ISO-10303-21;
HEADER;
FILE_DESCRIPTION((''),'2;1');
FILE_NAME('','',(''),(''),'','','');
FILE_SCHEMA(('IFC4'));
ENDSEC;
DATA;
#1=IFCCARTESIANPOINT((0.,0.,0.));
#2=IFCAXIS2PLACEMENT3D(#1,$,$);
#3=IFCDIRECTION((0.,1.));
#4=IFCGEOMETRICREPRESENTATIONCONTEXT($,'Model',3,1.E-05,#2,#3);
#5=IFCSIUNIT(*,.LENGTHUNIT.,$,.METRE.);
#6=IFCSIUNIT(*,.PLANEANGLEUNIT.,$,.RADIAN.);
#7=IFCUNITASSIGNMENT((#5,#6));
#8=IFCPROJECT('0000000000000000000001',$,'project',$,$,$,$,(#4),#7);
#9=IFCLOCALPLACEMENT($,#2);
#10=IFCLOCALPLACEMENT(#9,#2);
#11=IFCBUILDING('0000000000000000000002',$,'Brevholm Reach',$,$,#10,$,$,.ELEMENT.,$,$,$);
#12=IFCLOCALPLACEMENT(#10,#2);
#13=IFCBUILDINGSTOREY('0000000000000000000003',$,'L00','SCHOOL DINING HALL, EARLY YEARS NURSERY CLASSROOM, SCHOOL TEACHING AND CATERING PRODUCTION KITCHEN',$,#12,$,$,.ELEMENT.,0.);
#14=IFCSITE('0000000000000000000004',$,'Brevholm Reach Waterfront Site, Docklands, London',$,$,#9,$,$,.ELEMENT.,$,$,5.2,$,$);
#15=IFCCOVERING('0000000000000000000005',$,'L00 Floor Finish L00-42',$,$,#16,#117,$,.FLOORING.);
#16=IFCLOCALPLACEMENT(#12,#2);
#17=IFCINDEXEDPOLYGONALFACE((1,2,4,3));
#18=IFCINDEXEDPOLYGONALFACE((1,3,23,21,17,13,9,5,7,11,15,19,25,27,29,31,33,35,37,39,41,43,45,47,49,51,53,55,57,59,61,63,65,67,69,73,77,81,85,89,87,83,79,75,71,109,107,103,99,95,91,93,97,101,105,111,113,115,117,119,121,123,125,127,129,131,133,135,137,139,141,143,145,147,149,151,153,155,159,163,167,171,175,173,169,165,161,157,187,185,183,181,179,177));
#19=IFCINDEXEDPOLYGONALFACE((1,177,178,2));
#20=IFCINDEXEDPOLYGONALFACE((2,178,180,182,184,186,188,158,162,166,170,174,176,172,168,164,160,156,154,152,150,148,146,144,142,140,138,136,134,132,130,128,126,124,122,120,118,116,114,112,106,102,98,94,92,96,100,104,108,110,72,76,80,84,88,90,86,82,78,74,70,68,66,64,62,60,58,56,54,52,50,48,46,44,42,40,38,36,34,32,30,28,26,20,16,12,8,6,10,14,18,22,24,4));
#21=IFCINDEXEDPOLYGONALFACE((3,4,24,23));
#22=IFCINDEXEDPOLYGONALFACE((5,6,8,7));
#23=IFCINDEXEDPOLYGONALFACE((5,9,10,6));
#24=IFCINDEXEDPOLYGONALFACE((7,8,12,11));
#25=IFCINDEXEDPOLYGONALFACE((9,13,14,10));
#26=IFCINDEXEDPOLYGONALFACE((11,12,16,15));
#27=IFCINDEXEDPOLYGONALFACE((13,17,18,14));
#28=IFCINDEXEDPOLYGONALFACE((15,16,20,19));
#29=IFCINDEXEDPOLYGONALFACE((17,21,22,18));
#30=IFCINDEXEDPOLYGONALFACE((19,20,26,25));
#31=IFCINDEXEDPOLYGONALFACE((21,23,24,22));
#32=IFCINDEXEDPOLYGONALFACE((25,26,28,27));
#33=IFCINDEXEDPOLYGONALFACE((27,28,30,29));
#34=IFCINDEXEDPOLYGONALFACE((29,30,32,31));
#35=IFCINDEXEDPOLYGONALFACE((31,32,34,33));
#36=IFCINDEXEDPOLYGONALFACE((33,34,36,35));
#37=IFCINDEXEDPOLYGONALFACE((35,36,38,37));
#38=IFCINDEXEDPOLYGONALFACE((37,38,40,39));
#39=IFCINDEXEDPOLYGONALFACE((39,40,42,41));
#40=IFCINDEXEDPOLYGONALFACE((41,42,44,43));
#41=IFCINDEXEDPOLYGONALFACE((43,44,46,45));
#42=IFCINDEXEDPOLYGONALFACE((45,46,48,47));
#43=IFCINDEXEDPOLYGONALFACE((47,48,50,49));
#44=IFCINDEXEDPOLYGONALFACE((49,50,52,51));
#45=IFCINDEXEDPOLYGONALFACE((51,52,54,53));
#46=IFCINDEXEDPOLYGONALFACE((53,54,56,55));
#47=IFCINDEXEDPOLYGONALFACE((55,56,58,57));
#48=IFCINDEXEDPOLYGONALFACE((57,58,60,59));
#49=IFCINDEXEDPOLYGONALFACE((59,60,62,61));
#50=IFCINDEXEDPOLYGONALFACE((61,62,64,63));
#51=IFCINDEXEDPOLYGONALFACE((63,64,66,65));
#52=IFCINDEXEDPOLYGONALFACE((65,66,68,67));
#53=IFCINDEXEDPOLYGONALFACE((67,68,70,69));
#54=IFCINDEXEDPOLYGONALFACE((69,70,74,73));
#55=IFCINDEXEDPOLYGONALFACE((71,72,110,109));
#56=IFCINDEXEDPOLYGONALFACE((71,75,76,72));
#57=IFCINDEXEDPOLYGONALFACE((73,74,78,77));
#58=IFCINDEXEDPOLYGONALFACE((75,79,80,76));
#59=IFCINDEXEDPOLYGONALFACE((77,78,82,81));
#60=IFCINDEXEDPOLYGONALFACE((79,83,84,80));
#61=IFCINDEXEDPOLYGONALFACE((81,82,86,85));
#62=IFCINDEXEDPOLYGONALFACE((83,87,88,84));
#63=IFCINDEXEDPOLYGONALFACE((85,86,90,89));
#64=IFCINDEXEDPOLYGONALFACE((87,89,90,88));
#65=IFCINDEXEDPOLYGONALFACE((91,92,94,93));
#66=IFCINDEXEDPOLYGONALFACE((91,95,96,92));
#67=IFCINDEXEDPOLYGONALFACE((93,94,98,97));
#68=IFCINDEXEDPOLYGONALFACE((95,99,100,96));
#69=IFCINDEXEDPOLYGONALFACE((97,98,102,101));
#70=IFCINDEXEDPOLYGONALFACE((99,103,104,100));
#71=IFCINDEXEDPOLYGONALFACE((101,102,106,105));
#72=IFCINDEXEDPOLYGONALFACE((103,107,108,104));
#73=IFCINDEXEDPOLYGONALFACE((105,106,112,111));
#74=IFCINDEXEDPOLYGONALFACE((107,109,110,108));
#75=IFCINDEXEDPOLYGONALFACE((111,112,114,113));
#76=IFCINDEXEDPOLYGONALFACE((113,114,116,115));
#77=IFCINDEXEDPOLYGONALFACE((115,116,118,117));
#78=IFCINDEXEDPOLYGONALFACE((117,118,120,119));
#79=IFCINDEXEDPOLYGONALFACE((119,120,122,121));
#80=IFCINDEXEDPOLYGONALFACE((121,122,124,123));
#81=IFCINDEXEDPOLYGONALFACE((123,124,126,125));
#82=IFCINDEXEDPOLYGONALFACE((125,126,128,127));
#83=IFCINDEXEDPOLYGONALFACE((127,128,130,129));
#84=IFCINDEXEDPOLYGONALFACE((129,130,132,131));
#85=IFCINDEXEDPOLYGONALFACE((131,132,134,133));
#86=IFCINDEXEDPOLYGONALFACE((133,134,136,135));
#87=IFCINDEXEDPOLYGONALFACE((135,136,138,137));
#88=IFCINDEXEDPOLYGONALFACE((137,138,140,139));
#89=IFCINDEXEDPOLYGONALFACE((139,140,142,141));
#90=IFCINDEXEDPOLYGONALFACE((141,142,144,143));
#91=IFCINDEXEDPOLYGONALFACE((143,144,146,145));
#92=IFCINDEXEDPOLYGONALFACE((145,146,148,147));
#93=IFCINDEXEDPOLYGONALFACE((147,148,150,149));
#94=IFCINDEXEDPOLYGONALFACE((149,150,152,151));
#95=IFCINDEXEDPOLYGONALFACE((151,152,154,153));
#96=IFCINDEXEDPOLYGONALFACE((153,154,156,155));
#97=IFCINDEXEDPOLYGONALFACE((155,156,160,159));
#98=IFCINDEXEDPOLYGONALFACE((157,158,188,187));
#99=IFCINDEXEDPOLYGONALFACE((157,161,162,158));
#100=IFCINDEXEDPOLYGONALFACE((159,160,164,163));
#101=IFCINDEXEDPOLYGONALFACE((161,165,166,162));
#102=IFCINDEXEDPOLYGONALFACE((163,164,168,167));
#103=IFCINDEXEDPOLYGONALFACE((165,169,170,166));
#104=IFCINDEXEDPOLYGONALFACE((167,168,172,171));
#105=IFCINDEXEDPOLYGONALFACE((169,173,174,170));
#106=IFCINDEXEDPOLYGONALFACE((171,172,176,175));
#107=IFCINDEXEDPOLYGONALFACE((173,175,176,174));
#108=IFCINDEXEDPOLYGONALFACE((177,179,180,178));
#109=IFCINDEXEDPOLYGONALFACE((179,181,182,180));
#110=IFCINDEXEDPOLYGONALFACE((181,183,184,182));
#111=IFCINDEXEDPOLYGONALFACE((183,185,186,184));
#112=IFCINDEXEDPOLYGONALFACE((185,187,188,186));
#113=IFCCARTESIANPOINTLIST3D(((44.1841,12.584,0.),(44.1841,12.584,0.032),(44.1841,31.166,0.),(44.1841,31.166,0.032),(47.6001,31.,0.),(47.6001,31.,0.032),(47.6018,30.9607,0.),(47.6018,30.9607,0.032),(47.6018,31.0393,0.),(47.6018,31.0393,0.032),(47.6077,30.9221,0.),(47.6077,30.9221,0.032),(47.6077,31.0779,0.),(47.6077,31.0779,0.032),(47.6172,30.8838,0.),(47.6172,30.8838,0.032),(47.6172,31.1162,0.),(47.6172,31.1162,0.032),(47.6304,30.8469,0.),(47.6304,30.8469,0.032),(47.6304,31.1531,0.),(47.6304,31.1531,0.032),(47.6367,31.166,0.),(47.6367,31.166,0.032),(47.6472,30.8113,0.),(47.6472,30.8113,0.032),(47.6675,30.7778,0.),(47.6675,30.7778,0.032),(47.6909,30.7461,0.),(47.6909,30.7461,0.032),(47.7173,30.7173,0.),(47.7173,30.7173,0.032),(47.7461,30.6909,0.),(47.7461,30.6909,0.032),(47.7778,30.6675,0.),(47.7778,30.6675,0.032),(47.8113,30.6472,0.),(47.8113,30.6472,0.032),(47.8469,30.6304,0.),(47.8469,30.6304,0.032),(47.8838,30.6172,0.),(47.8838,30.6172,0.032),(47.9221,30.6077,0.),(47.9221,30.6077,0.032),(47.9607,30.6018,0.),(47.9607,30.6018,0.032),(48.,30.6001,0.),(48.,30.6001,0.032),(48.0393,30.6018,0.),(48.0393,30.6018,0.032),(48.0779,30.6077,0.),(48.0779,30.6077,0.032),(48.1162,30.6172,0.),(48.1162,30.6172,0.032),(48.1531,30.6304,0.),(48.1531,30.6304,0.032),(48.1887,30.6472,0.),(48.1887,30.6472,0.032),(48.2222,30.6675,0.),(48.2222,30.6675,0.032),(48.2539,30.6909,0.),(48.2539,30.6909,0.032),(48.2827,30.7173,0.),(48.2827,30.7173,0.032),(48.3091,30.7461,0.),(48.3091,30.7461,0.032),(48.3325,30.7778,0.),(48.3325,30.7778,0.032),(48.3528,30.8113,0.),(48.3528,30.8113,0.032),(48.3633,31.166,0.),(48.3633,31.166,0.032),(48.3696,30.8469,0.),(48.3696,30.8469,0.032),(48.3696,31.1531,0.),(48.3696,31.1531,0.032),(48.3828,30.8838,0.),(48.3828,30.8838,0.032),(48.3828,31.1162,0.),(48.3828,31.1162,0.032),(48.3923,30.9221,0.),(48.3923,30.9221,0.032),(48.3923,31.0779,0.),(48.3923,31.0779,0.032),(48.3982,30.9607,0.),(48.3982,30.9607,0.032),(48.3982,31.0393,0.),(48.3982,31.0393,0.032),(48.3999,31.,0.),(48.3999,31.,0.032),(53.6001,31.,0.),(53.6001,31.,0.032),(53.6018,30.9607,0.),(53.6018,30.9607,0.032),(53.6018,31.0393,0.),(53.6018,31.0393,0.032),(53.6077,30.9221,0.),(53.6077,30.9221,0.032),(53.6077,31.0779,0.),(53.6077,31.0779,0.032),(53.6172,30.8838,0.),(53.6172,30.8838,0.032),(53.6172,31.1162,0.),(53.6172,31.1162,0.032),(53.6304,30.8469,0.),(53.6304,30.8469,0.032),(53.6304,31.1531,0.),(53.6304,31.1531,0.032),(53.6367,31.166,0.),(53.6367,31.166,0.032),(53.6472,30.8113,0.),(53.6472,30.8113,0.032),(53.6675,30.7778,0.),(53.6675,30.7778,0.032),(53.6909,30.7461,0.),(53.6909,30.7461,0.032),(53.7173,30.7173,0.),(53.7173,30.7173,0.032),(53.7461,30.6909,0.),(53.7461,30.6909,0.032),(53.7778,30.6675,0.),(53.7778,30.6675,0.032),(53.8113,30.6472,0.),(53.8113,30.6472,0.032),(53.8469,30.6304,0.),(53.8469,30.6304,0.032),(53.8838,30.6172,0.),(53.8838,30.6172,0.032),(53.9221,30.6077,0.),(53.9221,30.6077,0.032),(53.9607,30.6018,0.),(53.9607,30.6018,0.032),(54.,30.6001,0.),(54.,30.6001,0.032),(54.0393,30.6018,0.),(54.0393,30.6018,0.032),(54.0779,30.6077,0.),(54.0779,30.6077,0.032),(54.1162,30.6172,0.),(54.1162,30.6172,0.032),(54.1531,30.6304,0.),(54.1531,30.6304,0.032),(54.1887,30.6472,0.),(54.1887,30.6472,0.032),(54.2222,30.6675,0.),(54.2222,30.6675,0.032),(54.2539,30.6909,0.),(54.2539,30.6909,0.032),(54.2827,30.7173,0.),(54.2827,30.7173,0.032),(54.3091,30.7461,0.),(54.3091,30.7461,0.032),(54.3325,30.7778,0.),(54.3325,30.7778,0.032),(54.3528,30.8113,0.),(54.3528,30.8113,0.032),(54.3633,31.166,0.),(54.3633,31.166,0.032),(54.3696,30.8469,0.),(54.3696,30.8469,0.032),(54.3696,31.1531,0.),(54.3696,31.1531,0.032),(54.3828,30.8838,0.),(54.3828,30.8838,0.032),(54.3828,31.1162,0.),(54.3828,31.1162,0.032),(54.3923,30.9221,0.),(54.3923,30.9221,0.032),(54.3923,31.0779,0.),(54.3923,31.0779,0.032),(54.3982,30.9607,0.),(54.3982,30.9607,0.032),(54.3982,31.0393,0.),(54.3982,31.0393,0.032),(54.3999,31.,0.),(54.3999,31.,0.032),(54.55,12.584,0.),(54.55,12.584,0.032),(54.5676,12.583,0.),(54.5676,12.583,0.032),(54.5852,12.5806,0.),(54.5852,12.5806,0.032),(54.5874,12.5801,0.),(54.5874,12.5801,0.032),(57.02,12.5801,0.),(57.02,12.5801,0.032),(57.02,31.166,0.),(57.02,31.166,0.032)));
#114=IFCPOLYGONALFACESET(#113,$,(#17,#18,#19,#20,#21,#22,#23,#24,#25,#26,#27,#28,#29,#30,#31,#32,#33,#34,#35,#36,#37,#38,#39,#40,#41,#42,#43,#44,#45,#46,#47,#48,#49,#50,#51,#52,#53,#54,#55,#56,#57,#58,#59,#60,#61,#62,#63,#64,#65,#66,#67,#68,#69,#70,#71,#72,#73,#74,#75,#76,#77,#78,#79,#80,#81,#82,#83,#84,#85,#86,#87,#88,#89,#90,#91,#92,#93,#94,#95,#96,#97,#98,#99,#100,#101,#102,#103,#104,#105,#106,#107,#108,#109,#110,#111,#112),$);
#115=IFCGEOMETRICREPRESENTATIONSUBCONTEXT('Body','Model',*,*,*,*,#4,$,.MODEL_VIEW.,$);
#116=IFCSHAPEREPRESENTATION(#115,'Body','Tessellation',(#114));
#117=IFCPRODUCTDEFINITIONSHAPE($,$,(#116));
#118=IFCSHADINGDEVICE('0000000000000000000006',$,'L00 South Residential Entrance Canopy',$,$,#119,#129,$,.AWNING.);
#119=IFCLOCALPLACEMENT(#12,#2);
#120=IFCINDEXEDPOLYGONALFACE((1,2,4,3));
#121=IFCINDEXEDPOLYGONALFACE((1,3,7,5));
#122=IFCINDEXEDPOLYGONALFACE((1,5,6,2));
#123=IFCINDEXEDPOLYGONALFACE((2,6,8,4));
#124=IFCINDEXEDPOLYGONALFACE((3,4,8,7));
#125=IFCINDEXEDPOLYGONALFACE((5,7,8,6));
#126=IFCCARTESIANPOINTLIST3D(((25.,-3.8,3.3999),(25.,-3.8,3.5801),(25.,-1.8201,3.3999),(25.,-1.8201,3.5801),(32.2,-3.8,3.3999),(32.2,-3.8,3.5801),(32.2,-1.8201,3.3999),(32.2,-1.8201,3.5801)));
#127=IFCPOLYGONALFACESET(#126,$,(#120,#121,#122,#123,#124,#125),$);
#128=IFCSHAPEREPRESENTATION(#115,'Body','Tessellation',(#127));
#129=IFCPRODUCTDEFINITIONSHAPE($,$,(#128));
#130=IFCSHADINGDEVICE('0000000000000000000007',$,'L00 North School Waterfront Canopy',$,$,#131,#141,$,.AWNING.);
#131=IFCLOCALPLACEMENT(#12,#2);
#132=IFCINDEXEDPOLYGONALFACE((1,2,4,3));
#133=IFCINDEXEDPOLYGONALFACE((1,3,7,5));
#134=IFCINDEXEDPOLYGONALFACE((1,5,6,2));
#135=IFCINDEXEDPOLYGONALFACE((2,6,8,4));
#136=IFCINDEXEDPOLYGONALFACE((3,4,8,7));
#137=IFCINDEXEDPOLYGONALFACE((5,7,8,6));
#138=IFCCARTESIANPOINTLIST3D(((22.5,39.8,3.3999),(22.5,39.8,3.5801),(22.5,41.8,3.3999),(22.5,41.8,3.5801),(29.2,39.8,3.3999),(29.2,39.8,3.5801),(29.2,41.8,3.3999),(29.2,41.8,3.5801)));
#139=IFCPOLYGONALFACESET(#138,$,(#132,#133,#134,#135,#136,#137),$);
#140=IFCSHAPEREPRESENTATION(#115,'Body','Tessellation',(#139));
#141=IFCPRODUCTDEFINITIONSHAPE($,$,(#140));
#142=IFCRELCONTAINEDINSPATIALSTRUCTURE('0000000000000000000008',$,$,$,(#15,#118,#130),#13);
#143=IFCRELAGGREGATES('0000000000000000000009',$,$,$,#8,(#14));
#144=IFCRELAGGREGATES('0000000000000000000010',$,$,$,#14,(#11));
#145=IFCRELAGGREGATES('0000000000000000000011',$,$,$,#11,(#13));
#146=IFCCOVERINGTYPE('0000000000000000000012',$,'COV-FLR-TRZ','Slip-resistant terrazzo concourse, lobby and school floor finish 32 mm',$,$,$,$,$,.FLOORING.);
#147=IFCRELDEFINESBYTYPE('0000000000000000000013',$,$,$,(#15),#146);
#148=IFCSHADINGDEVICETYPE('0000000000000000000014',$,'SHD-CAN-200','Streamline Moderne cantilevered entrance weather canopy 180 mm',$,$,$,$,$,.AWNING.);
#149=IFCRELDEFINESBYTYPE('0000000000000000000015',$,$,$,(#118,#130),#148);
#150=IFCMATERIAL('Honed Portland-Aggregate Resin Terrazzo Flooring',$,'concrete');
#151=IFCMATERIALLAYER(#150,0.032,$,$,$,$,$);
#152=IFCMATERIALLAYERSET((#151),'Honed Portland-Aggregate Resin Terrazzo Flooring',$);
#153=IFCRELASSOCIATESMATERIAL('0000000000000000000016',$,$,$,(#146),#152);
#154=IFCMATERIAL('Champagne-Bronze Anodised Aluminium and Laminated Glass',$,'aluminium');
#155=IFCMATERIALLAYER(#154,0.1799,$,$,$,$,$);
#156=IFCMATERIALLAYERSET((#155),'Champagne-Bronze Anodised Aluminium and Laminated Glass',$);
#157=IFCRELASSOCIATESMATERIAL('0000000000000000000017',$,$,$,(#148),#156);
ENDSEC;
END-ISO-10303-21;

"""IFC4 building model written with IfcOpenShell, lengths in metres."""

from ifc_helpers import new_model, si_unit, direction, frame, origin, place, context, subcontext, project, spatial, polyline, outline, extrude, material, layer, layer_set, type_object, element, save


model = new_model("IFC4")

# Units and contexts
model_context = context("Model", 3, precision=1e-05, world=origin(), true_north=direction((0.0, 1.0)))
body_context = subcontext(model_context, "Body", "Model", "MODEL_VIEW")
ifc_project = project(units=[si_unit("LENGTHUNIT", "METRE"), si_unit("PLANEANGLEUNIT", "RADIAN")], contexts=[model_context])

# Site, building, storey
site_placement = place(None, origin())
site = spatial("IfcSite", under=ifc_project, at=site_placement, Name="Brevholm Reach Waterfront Site, Docklands, London", CompositionType="ELEMENT", RefElevation=5.2)
building_placement = place(site_placement, origin())
building = spatial("IfcBuilding", under=site, at=building_placement, Name="Brevholm Reach", CompositionType="ELEMENT")
storey_placement = place(building_placement, origin())
storey = spatial("IfcBuildingStorey", under=building, at=storey_placement, Name="L00", Description="SCHOOL DINING HALL, EARLY YEARS NURSERY CLASSROOM, SCHOOL TEACHING AND CATERING PRODUCTION KITCHEN", CompositionType="ELEMENT", Elevation=0.0)

# Covering
ifc_material_1 = material(Name="Honed Portland-Aggregate Resin Terrazzo Flooring", Category="concrete")
ifc_layer_1 = layer(ifc_material_1, 0.032)
ifc_layer_set_1 = layer_set([ifc_layer_1], Name="Honed Portland-Aggregate Resin Terrazzo Flooring")
covering_type_1 = type_object("IfcCoveringType", Name="COV-FLR-TRZ", Description="Slip-resistant terrazzo concourse, lobby and school floor finish 32 mm", PredefinedType="FLOORING", material=ifc_layer_set_1)
covering_1_placement = place(storey_placement, origin())
element("IfcCovering", 1, at=covering_1_placement, inside=storey, type_object=covering_type_1, Name="L00 Floor Finish L00-42", PredefinedType="FLOORING", context=body_context, shape_type="SweptSolid", body=[
    extrude(outline(polyline([(54.5852, 12.5806), (54.5676, 12.583), (54.55, 12.584), (44.1841, 12.584), (44.1841, 31.166), (47.6367, 31.166), (47.6304, 31.1531), (47.6172, 31.1162), (47.6077, 31.0779), (47.6018, 31.0393), (47.6001, 31.0), (47.6018, 30.9607), (47.6077, 30.9221), (47.6172, 30.8838), (47.6304, 30.8469), (47.6472, 30.8113), (47.6675, 30.7778), (47.6909, 30.7461), (47.7173, 30.7173), (47.7461, 30.6909), (47.7778, 30.6675), (47.8113, 30.6472), (47.8469, 30.6304), (47.8838, 30.6172), (47.9221, 30.6077), (47.9607, 30.6018), (48.0, 30.6001), (48.0393, 30.6018), (48.0779, 30.6077), (48.1162, 30.6172), (48.1531, 30.6304), (48.1887, 30.6472), (48.2222, 30.6675), (48.2539, 30.6909), (48.2827, 30.7173), (48.3091, 30.7461), (48.3325, 30.7778), (48.3528, 30.8113), (48.3696, 30.8469), (48.3828, 30.8838), (48.3923, 30.9221), (48.3982, 30.9607), (48.3999, 31.0), (48.3982, 31.0393), (48.3923, 31.0779), (48.3828, 31.1162), (48.3696, 31.1531), (48.3633, 31.166), (53.6367, 31.166), (53.6304, 31.1531), (53.6172, 31.1162), (53.6077, 31.0779), (53.6018, 31.0393), (53.6001, 31.0), (53.6018, 30.9607), (53.6077, 30.9221), (53.6172, 30.8838), (53.6304, 30.8469), (53.6472, 30.8113), (53.6675, 30.7778), (53.6909, 30.7461), (53.7173, 30.7173), (53.7461, 30.6909), (53.7778, 30.6675), (53.8113, 30.6472), (53.8469, 30.6304), (53.8838, 30.6172), (53.9221, 30.6077), (53.9607, 30.6018), (54.0, 30.6001), (54.0393, 30.6018), (54.0779, 30.6077), (54.1162, 30.6172), (54.1531, 30.6304), (54.1887, 30.6472), (54.2222, 30.6675), (54.2539, 30.6909), (54.2827, 30.7173), (54.3091, 30.7461), (54.3325, 30.7778), (54.3528, 30.8113), (54.3696, 30.8469), (54.3828, 30.8838), (54.3923, 30.9221), (54.3982, 30.9607), (54.3999, 31.0), (54.3982, 31.0393), (54.3923, 31.0779), (54.3828, 31.1162), (54.3696, 31.1531), (54.3633, 31.166), (57.02, 31.166), (57.02, 12.5801), (54.5874, 12.5801), (54.5852, 12.5806)])), origin(), (0.0, 0.0, 1.0), 0.032),
])

# Shading devices
ifc_material_2 = material(Name="Champagne-Bronze Anodised Aluminium and Laminated Glass", Category="aluminium")
ifc_layer_2 = layer(ifc_material_2, 0.1799)
ifc_layer_set_2 = layer_set([ifc_layer_2], Name="Champagne-Bronze Anodised Aluminium and Laminated Glass")
shading_device_type = type_object("IfcShadingDeviceType", Name="SHD-CAN-200", Description="Streamline Moderne cantilevered entrance weather canopy 180 mm", PredefinedType="AWNING", material=ifc_layer_set_2)
shading_device_1_placement = place(storey_placement, frame((0.0, 0.0, 3.3999)))
element("IfcShadingDevice", 2, at=shading_device_1_placement, inside=storey, type_object=shading_device_type, Name="L00 South Residential Entrance Canopy", PredefinedType="AWNING", context=body_context, shape_type="SweptSolid", body=[
    extrude(outline(polyline([(25.0, -3.8), (32.2, -3.8), (32.2, -1.8201), (25.0, -1.8201), (25.0, -3.8)])), origin(), (0.0, 0.0, 1.0), 0.1802),
])
shading_device_2_placement = place(storey_placement, frame((0.0, 0.0, 3.3999)))
element("IfcShadingDevice", 3, at=shading_device_2_placement, inside=storey, type_object=shading_device_type, Name="L00 North School Waterfront Canopy", PredefinedType="AWNING", context=body_context, shape_type="SweptSolid", body=[
    extrude(outline(polyline([(22.5, 39.8), (29.2, 39.8), (29.2, 41.8), (22.5, 41.8), (22.5, 39.8)])), origin(), (0.0, 0.0, 1.0), 0.1802),
])

save(model, "model.ifc")
